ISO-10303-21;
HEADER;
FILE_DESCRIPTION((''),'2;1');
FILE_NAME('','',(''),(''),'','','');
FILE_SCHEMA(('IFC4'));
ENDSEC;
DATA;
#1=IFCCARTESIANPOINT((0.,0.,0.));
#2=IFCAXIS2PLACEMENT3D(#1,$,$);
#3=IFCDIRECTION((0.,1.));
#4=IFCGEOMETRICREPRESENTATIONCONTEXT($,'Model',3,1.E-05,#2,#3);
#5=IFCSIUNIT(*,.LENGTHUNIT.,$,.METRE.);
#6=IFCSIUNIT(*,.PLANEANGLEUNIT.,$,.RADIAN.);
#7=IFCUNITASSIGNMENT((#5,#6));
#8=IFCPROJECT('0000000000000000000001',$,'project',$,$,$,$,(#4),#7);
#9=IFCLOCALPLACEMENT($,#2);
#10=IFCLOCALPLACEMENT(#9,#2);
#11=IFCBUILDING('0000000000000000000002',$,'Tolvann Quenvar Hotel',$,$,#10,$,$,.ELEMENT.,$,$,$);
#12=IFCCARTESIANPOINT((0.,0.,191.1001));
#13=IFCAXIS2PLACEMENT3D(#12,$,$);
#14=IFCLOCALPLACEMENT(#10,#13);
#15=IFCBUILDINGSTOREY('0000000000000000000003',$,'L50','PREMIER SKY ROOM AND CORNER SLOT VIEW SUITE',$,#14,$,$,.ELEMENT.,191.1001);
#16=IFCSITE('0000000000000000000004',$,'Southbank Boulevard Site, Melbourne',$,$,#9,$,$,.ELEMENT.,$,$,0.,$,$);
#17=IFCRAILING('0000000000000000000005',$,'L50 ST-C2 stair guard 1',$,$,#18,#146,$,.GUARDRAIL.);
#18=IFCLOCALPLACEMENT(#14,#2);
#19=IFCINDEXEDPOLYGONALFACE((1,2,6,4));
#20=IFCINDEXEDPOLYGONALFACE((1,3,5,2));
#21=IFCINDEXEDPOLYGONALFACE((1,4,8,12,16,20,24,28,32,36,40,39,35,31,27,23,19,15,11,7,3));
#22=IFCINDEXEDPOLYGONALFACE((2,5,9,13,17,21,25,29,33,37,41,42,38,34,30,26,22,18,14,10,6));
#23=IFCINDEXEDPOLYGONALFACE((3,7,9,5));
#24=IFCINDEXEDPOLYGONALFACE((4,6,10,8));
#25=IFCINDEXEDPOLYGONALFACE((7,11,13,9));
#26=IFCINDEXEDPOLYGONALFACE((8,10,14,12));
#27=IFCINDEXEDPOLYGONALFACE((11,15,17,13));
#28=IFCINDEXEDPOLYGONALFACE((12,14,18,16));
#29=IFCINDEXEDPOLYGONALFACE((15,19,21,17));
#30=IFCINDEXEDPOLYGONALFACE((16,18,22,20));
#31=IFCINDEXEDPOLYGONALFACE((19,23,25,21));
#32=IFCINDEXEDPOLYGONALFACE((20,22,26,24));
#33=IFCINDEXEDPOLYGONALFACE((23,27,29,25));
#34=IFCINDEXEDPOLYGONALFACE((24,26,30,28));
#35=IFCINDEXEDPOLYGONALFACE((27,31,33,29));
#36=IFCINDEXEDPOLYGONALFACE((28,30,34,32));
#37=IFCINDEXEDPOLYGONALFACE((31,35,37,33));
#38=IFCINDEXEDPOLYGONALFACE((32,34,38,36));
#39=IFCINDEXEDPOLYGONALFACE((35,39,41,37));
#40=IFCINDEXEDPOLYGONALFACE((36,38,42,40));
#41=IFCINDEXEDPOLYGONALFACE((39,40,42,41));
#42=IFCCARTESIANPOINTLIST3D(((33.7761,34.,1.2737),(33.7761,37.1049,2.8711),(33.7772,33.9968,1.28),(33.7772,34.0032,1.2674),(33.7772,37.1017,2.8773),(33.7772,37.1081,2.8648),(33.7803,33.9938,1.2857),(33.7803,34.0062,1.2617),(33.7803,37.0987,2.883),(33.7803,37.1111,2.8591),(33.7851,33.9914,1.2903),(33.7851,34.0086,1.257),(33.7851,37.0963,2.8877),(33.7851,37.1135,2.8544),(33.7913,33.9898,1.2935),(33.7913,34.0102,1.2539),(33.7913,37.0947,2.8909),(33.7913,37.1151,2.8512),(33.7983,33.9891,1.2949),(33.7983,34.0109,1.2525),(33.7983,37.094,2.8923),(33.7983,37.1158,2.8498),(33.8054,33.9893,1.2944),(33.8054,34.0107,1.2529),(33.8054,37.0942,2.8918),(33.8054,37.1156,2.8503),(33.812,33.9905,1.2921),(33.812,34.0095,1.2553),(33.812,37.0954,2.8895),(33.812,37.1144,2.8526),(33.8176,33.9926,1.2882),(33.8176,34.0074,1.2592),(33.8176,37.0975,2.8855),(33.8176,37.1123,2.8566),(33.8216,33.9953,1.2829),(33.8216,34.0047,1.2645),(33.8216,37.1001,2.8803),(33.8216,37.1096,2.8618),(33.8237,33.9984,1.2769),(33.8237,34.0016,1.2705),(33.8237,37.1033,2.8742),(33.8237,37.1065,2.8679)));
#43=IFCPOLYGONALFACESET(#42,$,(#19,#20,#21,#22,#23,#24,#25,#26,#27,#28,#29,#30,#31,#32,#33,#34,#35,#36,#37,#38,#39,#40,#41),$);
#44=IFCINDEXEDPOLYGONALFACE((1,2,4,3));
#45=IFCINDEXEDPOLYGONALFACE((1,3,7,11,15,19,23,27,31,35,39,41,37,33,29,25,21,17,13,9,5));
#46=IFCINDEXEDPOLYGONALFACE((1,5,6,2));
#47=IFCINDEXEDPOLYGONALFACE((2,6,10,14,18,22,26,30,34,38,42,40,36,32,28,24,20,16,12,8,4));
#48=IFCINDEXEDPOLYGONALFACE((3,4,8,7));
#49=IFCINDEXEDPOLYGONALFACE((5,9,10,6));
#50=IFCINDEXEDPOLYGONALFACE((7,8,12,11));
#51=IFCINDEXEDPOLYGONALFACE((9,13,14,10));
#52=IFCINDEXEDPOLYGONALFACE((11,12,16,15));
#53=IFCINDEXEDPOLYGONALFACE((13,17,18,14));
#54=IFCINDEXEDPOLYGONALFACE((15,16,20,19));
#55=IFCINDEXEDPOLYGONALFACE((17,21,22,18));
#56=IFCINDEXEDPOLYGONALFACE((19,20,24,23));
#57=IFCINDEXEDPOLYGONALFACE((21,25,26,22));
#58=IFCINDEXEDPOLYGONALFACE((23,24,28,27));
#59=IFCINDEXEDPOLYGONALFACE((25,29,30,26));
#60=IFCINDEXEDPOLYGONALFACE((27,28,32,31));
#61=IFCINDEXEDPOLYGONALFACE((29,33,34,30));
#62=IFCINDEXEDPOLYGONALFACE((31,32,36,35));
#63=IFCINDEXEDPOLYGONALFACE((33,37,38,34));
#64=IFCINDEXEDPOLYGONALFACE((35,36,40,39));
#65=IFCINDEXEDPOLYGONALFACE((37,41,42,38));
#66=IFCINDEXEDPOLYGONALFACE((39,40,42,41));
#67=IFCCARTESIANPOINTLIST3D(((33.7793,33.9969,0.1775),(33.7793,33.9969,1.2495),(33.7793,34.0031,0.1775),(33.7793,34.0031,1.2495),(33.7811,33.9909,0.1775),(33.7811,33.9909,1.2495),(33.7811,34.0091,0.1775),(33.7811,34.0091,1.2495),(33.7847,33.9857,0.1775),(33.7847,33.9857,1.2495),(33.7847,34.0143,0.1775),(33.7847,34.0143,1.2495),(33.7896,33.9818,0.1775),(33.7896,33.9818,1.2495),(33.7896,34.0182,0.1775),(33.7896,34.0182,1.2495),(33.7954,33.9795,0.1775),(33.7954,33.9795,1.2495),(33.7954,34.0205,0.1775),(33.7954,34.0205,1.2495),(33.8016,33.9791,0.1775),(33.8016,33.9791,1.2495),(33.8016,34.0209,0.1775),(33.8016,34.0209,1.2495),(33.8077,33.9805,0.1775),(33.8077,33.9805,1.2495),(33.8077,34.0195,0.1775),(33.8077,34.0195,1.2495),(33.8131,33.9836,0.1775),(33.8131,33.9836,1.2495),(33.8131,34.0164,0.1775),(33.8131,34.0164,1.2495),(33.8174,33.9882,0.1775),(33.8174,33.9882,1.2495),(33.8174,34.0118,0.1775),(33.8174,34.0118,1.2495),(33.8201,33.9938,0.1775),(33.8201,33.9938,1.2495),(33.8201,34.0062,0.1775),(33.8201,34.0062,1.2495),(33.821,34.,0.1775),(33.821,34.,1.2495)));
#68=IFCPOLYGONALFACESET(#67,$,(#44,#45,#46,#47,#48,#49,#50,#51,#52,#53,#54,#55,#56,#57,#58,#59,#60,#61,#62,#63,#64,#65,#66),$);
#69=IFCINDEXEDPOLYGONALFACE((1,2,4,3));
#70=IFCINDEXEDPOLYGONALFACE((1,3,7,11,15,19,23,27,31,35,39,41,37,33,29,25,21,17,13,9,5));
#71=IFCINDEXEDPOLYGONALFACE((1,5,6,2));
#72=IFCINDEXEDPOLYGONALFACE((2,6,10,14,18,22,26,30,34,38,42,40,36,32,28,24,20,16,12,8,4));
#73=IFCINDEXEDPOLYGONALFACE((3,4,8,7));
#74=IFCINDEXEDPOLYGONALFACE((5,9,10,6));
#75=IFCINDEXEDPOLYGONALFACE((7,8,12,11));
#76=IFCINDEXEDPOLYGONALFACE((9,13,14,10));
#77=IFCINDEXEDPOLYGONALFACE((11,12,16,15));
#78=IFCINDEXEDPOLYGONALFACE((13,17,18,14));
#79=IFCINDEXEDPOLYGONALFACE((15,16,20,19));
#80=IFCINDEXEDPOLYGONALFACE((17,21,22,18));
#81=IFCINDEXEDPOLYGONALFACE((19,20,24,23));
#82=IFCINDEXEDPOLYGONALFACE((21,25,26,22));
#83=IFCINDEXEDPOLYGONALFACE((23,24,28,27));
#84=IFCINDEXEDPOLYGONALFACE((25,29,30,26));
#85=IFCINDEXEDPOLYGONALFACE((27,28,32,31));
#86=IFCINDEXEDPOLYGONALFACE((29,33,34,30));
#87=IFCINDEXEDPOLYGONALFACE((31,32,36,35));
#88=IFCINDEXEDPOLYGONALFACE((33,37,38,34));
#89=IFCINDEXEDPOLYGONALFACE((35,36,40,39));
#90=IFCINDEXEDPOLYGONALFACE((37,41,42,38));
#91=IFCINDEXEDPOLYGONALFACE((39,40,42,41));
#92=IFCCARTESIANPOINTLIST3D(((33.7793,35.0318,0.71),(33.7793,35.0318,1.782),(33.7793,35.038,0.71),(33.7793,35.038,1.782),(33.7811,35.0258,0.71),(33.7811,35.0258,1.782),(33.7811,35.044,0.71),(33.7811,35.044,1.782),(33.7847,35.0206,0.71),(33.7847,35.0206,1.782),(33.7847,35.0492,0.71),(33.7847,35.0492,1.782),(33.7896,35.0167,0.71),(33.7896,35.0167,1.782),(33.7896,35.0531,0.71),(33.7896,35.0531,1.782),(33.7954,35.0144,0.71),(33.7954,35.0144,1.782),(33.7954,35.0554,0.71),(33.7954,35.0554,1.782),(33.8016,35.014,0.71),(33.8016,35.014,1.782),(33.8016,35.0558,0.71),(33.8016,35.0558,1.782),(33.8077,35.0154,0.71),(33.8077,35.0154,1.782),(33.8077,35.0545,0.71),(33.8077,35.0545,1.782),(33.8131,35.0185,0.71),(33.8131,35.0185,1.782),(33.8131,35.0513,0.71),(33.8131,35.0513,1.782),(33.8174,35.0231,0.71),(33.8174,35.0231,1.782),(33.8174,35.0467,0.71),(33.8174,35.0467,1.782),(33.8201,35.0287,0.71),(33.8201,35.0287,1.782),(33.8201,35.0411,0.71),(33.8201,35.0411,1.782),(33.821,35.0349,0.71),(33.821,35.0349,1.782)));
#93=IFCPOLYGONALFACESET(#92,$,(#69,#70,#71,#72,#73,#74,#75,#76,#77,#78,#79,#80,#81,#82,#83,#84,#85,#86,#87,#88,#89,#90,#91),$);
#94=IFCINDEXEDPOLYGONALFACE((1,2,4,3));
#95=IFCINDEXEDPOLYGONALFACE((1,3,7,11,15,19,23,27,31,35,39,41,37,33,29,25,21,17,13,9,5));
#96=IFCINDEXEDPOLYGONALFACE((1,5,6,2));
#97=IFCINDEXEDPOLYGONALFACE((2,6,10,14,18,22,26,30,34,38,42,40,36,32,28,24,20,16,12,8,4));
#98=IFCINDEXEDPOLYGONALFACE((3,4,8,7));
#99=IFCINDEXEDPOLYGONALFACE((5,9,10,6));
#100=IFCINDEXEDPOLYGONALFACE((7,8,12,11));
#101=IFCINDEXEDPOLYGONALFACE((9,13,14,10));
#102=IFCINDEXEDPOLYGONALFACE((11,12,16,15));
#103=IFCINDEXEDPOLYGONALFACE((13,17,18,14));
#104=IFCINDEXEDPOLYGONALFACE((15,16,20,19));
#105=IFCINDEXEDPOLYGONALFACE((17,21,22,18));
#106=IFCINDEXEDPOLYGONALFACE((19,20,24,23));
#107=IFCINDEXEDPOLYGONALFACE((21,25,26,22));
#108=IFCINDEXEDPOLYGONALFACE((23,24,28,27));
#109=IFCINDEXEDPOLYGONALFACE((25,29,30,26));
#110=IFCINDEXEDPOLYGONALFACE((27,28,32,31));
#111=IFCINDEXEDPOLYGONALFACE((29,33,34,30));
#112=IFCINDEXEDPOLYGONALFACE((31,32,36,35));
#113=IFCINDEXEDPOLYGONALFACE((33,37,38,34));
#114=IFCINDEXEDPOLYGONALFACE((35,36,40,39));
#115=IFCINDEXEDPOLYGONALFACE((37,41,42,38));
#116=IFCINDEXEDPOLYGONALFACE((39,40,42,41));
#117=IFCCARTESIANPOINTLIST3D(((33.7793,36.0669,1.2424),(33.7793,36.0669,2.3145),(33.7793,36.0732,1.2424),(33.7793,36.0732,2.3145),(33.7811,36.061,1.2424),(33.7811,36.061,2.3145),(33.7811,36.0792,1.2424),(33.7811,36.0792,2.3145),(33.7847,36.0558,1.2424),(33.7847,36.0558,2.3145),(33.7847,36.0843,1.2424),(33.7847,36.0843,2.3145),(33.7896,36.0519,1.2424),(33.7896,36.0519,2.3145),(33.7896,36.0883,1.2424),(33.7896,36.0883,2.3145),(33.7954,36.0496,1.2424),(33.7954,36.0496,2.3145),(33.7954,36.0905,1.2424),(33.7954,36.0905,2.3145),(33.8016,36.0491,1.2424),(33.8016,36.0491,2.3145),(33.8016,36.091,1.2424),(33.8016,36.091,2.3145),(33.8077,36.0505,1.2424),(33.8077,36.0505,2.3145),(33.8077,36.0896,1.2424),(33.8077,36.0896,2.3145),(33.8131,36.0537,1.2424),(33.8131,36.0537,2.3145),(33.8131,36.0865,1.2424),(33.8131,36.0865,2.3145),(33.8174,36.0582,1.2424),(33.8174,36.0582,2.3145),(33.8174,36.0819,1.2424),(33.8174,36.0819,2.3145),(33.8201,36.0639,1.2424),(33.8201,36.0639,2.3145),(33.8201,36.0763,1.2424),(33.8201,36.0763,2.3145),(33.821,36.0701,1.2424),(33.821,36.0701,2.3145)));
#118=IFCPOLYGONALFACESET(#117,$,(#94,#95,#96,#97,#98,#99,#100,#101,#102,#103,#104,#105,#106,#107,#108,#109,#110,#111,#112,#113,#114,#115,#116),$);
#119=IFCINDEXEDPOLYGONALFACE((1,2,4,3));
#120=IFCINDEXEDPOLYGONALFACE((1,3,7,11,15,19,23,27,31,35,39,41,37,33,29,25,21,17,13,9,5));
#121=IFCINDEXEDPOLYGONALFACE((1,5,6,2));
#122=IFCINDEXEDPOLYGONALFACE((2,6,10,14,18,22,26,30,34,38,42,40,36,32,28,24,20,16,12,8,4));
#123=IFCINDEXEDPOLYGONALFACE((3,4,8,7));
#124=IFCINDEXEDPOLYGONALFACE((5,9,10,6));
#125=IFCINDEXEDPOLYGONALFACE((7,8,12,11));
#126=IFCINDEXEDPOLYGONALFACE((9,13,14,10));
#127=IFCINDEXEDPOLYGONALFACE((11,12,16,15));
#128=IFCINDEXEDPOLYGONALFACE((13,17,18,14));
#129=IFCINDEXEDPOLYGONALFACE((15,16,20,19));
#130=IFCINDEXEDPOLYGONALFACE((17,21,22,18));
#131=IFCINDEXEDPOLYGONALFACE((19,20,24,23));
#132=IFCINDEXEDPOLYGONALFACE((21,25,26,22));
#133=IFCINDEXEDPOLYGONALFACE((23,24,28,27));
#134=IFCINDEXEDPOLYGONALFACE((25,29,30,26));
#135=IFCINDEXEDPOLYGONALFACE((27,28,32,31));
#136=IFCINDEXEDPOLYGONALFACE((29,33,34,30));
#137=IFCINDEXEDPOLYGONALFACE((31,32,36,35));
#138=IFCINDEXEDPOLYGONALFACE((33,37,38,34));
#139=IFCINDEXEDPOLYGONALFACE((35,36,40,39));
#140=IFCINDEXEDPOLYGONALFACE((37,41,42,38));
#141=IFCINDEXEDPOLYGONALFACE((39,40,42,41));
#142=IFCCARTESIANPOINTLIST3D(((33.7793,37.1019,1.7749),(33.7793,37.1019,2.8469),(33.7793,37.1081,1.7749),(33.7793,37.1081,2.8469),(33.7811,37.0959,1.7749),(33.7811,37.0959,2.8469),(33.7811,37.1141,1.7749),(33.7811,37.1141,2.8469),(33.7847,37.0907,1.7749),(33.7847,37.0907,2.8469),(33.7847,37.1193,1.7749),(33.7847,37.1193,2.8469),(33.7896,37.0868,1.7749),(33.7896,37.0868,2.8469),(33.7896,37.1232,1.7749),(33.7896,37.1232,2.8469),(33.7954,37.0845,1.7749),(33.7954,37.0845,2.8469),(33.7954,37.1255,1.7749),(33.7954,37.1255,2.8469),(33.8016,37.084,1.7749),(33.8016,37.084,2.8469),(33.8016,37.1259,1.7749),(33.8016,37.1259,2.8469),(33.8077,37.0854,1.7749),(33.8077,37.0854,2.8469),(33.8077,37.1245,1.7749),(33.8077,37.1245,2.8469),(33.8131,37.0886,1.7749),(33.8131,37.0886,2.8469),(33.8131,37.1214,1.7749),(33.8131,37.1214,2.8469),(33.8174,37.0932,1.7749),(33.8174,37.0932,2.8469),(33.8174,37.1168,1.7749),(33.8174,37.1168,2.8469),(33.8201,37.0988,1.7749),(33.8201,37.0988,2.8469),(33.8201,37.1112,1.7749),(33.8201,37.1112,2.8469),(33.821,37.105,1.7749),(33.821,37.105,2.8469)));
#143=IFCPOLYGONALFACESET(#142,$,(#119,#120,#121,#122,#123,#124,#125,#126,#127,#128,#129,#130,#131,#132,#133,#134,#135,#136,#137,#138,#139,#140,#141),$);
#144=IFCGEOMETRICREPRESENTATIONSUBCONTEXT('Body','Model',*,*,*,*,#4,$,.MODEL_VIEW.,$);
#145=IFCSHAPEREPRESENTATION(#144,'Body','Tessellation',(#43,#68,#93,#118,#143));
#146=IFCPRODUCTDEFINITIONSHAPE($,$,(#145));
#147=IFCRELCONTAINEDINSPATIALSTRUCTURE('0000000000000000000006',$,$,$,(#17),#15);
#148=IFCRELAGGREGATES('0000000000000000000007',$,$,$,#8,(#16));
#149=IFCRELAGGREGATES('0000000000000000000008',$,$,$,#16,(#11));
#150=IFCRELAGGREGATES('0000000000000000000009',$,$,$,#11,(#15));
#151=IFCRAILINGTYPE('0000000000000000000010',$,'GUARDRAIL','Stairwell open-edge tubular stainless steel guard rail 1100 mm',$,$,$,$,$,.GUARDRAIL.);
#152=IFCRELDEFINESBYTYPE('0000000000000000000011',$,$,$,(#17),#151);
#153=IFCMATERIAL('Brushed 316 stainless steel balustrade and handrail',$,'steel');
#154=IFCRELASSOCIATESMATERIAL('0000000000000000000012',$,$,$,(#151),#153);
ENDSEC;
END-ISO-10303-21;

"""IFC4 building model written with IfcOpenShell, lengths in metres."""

from ifc_helpers import new_model, si_unit, direction, frame, origin, origin_2d, place, context, subcontext, project, spatial, circle, extrude, material, type_object, element, save


model = new_model("IFC4")

# Units and contexts
model_context = context("Model", 3, precision=1e-05, world=origin(), true_north=direction((0.0, 1.0)))
body_context = subcontext(model_context, "Body", "Model", "MODEL_VIEW")
ifc_project = project(units=[si_unit("LENGTHUNIT", "METRE"), si_unit("PLANEANGLEUNIT", "RADIAN")], contexts=[model_context])

# Site, building, storey
site_placement = place(None, origin())
site = spatial("IfcSite", under=ifc_project, at=site_placement, Name="Southbank Boulevard Site, Melbourne", CompositionType="ELEMENT", RefElevation=0.0)
building_placement = place(site_placement, origin())
building = spatial("IfcBuilding", under=site, at=building_placement, Name="Tolvann Quenvar Hotel", CompositionType="ELEMENT")
storey_placement = place(building_placement, frame((0.0, 0.0, 191.1001)))
storey = spatial("IfcBuildingStorey", under=building, at=storey_placement, Name="L50", Description="PREMIER SKY ROOM AND CORNER SLOT VIEW SUITE", CompositionType="ELEMENT", Elevation=191.1001)

# Railing
ifc_material_1 = material(Name="Brushed 316 stainless steel balustrade and handrail", Category="steel")
railing_type_1 = type_object("IfcRailingType", Name="GUARDRAIL", Description="Stairwell open-edge tubular stainless steel guard rail 1100 mm", PredefinedType="GUARDRAIL", material=ifc_material_1)
railing_1_placement = place(storey_placement, frame((33.8, 34.0, 0.1775)))
element("IfcRailing", 1, at=railing_1_placement, inside=storey, type_object=railing_type_1, Name="L50 ST-C2 stair guard 1", PredefinedType="GUARDRAIL", context=body_context, shape_type="SweptSolid", body=[
    extrude(circle(Radius=0.0239, at=origin_2d()), frame((0.0, 0.0, 1.0962), z_axis=(0.0, 0.889222, 0.457476), x_axis=(-1.0, 0.0, 0.0)), (0.0, 0.0, 1.0), 3.4917),
    extrude(circle(Radius=0.021, at=origin_2d()), origin(), (0.0, 0.0, 1.0), 1.072),
    extrude(circle(Radius=0.021, at=origin_2d()), frame((0.0, 1.0349, 0.5325)), (0.0, 0.0, 1.0), 1.072),
    extrude(circle(Radius=0.021, at=origin_2d()), frame((0.0, 2.0701, 1.0649)), (0.0, 0.0, 1.0), 1.072),
    extrude(circle(Radius=0.021, at=origin_2d()), frame((0.0, 3.105, 1.5974)), (0.0, 0.0, 1.0), 1.072),
])

save(model, "model.ifc")
